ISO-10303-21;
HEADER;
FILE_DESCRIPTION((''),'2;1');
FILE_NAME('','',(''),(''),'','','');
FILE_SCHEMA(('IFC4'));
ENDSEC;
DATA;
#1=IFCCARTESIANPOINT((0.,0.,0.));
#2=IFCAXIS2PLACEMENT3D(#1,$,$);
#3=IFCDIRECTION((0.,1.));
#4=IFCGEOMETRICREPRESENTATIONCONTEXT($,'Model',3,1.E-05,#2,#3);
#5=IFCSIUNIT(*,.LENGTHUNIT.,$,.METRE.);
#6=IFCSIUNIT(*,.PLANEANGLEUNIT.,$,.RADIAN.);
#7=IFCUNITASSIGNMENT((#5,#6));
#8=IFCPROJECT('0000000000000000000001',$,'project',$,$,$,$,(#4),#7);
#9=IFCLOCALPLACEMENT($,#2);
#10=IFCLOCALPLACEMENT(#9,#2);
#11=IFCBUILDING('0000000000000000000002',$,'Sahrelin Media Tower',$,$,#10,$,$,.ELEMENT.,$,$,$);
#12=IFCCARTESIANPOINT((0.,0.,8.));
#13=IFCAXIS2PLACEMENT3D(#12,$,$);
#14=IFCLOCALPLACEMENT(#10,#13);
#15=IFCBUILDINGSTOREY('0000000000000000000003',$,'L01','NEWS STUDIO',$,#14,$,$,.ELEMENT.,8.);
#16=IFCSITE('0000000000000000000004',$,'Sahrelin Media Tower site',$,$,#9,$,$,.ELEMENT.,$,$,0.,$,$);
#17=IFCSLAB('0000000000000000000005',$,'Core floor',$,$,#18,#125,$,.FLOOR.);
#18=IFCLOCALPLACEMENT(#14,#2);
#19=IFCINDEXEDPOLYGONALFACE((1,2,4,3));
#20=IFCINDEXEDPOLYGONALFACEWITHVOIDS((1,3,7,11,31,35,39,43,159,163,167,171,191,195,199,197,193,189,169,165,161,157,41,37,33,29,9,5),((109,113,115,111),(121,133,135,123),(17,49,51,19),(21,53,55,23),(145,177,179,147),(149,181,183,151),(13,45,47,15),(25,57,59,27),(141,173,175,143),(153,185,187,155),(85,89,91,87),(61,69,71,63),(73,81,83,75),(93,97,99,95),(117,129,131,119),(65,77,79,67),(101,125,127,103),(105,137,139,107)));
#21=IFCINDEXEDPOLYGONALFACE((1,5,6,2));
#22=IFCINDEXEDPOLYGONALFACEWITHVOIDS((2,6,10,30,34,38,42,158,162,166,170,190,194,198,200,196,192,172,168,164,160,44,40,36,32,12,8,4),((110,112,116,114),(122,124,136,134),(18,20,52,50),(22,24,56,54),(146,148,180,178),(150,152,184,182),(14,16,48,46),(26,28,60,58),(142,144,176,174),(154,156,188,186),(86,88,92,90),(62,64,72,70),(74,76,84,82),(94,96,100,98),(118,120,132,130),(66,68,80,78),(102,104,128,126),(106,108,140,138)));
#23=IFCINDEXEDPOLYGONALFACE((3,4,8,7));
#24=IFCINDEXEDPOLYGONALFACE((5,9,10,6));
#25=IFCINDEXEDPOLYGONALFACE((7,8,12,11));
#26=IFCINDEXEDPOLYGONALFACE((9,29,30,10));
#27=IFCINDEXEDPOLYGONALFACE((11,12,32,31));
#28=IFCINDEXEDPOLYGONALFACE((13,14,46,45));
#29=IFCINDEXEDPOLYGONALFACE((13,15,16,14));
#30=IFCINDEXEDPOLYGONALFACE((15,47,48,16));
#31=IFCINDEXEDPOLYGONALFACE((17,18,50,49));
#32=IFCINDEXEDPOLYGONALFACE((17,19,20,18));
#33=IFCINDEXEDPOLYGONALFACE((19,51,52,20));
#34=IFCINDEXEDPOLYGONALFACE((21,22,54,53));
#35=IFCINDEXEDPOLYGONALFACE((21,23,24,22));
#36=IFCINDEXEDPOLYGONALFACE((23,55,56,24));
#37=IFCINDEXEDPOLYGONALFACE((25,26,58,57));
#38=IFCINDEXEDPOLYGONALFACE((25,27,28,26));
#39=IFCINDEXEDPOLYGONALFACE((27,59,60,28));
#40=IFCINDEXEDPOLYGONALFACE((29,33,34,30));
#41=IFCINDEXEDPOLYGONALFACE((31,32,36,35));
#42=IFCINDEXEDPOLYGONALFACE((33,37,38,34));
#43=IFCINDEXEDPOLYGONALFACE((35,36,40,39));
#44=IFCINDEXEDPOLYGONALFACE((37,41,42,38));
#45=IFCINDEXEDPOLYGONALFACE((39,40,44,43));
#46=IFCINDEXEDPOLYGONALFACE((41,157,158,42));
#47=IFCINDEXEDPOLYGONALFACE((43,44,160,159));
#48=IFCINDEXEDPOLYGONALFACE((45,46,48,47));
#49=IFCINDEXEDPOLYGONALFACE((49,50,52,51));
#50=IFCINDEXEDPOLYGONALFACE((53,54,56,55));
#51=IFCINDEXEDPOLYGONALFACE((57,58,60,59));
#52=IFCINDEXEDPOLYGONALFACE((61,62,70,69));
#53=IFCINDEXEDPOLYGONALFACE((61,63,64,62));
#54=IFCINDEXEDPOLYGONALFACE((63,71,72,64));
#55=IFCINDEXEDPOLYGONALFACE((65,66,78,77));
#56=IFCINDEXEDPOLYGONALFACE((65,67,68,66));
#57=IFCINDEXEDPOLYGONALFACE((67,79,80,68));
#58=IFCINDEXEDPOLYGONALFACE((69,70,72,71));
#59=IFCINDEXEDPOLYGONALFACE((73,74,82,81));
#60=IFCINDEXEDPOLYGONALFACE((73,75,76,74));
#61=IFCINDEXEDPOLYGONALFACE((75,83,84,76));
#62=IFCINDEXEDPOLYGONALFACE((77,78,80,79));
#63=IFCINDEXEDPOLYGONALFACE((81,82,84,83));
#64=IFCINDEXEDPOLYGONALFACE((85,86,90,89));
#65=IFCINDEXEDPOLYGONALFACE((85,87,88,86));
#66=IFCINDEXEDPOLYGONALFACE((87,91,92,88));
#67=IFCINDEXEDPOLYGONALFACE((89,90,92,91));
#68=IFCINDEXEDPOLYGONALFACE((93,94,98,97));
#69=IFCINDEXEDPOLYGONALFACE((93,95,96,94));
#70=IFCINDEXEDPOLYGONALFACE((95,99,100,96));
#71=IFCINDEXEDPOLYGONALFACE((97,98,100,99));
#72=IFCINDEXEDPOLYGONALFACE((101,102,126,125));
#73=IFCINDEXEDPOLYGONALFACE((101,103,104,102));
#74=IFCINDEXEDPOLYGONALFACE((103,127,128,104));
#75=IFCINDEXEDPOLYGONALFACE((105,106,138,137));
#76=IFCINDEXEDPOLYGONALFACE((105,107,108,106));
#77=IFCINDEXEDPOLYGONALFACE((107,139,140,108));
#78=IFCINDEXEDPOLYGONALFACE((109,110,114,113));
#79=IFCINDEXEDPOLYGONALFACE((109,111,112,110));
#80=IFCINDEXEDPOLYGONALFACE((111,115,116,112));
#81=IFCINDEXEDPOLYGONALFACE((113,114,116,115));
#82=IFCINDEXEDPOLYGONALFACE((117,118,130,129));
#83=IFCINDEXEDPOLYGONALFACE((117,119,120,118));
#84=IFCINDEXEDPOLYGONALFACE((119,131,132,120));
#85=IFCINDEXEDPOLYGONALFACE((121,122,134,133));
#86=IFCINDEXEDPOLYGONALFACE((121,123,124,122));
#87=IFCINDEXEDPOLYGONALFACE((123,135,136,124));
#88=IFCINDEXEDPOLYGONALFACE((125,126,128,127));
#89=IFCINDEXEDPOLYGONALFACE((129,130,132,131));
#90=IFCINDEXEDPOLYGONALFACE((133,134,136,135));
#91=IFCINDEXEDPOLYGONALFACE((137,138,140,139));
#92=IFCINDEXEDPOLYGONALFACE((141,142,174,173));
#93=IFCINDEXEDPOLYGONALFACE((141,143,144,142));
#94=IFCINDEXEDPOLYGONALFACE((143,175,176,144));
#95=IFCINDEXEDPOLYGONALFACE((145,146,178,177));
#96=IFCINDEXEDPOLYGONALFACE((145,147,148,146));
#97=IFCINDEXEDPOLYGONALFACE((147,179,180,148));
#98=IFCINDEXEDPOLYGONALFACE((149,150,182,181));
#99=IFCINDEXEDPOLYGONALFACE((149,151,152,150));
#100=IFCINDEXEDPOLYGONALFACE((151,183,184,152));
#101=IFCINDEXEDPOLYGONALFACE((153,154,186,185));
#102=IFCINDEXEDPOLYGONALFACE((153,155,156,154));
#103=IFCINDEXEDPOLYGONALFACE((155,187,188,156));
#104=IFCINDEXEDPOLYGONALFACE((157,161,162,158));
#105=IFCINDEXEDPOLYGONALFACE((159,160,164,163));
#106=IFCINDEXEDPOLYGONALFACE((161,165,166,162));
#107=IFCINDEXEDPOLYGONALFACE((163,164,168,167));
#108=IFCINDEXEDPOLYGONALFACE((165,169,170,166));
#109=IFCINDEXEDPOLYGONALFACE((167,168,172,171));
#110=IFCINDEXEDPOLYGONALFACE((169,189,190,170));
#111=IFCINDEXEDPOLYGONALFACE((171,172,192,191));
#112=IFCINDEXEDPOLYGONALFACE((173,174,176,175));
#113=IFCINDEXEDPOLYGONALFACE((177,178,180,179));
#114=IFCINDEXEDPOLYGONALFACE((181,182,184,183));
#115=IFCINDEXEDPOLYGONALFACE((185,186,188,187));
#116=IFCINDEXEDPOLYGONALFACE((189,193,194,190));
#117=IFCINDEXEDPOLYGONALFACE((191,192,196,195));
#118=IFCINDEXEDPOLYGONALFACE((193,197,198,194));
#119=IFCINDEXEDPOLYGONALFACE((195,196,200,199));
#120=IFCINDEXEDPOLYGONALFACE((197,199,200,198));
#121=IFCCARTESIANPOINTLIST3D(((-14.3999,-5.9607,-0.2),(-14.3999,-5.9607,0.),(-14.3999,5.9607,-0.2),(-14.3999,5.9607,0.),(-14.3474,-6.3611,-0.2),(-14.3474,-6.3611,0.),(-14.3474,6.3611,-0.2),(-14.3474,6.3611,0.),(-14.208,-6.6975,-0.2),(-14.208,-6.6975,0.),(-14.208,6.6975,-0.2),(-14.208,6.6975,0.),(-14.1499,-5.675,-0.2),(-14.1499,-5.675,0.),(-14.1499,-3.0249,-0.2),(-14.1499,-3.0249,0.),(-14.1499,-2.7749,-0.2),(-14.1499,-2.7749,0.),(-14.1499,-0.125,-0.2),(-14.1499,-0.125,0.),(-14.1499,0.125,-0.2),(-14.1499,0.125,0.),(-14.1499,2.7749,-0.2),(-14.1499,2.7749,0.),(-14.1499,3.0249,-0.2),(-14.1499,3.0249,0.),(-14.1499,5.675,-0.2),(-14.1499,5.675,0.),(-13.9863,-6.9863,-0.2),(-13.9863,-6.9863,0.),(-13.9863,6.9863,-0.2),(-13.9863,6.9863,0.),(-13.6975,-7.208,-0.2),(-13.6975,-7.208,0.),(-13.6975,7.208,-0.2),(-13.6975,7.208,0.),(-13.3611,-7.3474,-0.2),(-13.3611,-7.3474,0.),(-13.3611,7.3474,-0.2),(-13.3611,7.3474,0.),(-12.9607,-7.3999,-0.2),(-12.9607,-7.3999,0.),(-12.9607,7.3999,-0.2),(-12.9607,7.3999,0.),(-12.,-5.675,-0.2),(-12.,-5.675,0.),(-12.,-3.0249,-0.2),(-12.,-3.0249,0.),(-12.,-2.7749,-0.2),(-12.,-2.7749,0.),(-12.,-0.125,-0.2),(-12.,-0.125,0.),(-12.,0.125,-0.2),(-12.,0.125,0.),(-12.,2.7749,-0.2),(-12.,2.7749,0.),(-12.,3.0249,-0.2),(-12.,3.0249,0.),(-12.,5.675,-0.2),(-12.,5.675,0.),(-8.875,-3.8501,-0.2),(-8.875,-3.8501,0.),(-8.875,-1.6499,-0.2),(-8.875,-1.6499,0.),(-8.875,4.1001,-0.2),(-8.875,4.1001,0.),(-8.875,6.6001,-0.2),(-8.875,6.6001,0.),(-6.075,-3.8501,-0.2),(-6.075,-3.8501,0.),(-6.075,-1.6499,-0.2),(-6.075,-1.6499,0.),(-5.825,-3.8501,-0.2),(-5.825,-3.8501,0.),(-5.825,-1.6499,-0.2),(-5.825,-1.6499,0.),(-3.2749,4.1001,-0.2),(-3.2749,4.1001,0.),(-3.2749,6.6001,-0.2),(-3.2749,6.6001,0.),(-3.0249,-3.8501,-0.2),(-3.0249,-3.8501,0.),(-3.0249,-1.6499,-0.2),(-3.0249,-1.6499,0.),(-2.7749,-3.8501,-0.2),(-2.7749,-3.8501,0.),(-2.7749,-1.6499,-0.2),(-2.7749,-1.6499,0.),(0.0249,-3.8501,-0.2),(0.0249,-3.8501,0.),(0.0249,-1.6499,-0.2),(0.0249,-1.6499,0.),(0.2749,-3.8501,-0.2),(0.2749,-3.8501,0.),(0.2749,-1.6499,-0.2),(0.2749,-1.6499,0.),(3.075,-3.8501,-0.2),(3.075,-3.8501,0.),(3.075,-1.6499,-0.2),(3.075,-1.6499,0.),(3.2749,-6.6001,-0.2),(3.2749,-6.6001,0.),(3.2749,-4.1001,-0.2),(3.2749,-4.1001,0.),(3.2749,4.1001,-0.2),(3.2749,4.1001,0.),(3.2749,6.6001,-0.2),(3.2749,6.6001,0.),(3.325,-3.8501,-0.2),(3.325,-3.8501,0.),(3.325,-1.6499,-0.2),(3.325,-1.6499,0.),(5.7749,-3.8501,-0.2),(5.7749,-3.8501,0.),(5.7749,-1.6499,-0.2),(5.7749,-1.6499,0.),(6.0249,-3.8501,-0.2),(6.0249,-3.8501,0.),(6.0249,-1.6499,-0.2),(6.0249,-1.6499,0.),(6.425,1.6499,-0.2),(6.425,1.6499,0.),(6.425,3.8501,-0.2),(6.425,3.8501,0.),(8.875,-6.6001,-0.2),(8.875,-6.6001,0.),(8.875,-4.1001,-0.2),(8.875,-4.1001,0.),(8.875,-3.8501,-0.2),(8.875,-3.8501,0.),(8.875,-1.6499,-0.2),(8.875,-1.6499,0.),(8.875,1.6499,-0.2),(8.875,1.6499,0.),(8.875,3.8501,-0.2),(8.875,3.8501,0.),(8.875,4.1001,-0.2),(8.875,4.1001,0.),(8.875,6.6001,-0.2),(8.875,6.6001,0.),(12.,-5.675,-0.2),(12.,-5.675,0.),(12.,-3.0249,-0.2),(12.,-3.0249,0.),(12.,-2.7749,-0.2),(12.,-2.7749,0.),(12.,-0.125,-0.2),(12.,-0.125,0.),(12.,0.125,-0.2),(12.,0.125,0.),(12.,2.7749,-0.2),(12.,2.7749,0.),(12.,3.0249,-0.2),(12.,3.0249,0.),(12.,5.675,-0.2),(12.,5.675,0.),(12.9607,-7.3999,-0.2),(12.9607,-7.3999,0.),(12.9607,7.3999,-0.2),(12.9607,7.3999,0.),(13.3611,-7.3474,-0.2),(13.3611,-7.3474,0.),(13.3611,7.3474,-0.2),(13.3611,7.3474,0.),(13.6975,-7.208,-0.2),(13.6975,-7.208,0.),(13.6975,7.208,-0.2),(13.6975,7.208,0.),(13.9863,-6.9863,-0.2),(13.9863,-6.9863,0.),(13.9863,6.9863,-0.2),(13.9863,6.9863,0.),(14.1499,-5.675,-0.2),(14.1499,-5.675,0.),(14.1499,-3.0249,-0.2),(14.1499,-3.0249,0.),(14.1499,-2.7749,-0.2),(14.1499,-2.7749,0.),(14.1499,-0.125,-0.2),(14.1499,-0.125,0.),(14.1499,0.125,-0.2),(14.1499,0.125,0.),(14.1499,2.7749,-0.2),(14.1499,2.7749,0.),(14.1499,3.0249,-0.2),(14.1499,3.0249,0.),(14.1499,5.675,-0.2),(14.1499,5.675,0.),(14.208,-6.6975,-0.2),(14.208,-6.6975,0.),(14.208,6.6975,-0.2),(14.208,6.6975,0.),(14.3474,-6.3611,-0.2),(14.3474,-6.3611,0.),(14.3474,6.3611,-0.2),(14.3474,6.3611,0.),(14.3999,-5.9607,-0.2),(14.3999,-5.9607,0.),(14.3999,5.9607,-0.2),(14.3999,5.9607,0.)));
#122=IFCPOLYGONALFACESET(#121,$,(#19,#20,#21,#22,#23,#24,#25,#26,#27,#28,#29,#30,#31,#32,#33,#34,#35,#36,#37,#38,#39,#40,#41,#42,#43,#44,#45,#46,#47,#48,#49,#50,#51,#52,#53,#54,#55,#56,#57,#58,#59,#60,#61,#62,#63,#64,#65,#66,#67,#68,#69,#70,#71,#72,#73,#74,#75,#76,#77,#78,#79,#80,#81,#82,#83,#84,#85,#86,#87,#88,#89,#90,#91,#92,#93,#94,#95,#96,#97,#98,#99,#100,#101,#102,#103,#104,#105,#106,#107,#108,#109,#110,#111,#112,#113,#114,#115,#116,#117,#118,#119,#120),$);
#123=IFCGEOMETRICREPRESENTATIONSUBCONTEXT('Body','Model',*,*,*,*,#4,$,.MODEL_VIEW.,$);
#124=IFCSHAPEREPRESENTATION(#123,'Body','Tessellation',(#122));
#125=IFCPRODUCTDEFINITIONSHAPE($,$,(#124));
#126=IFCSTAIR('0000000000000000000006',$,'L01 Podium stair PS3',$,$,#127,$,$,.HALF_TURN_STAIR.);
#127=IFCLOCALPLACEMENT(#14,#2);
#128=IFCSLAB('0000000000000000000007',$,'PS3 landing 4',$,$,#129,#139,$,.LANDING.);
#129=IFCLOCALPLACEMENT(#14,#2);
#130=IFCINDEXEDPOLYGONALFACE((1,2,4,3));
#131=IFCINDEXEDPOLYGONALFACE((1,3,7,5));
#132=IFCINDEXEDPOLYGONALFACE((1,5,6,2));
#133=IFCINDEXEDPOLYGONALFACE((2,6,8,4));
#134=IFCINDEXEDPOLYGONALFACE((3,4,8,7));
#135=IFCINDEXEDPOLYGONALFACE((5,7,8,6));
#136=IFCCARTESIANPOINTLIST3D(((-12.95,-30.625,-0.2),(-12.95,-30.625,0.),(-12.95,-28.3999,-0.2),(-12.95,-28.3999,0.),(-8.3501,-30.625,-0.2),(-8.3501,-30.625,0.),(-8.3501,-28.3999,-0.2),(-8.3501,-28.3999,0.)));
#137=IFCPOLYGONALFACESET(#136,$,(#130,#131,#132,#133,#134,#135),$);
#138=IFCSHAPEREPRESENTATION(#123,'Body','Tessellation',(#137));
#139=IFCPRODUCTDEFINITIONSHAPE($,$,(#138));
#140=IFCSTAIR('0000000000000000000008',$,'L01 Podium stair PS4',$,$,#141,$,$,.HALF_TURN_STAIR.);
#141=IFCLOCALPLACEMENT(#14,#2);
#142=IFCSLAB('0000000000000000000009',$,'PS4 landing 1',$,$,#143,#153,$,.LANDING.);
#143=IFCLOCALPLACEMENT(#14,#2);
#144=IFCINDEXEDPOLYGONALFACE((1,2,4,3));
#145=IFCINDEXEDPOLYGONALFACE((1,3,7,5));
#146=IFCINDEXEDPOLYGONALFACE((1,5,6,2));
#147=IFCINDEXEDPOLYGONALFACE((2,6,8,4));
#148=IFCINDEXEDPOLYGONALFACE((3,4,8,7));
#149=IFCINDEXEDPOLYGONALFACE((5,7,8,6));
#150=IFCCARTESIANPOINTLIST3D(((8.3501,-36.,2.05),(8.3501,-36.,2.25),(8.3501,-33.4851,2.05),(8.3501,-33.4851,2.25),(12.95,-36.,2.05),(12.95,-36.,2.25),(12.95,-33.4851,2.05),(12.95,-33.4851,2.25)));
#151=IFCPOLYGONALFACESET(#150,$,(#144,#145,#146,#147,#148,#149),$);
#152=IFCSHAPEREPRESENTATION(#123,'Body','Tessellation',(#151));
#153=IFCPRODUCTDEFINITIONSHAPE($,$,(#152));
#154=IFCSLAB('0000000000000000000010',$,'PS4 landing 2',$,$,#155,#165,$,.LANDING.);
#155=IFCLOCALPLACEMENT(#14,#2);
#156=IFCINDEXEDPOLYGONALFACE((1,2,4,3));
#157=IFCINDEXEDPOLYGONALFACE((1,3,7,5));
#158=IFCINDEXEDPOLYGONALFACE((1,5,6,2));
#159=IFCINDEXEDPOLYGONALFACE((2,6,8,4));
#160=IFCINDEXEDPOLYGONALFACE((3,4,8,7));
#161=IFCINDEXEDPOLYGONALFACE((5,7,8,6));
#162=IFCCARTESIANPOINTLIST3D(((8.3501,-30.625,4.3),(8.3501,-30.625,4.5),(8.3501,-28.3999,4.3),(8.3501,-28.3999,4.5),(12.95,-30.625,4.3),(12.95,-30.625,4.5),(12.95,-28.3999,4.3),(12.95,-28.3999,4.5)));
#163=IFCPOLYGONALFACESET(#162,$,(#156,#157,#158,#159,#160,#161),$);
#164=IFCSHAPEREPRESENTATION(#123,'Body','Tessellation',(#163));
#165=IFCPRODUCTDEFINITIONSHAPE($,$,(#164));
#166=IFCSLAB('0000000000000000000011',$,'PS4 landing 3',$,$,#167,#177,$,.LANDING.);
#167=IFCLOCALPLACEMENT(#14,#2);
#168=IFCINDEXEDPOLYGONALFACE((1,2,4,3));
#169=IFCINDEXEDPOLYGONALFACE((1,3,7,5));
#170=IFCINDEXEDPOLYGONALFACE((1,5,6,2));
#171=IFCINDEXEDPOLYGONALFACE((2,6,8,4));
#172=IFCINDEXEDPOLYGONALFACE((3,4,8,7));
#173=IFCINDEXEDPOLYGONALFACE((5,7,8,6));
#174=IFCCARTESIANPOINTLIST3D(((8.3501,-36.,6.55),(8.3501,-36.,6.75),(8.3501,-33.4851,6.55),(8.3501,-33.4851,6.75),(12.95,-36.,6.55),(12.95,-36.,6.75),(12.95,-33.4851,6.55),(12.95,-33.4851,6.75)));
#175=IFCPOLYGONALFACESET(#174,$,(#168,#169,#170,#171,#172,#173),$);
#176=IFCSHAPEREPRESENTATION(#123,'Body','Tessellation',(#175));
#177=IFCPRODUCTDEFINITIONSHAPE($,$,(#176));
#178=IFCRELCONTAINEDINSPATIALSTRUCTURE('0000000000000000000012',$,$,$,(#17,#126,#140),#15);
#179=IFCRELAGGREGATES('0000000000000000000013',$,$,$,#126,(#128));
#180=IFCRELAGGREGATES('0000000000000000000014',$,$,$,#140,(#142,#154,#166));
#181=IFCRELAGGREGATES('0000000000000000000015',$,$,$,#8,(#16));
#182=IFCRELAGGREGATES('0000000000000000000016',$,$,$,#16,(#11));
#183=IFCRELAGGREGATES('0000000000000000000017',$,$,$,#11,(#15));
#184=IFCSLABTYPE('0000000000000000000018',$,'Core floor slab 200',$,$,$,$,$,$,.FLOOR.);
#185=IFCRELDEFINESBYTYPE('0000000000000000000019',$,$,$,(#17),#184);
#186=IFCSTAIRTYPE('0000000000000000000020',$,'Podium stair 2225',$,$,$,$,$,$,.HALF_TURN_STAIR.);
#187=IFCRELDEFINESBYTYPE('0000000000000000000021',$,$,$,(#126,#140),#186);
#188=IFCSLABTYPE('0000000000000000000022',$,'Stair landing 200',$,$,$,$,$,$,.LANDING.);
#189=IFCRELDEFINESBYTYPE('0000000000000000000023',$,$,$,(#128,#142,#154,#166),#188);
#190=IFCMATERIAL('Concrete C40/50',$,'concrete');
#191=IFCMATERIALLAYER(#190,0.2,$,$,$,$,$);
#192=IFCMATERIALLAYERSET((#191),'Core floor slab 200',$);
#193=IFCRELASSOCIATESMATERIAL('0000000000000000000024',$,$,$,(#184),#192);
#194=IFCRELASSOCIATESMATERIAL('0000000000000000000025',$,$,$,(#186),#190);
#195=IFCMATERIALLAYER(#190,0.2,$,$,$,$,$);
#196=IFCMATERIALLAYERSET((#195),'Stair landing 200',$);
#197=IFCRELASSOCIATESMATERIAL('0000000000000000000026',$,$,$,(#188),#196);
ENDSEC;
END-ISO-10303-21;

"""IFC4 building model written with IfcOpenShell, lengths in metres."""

from ifc_helpers import new_model, si_unit, direction, frame, origin, place, context, subcontext, project, spatial, polyline, outline, extrude, material, layer, layer_set, type_object, element, aggregate, save


model = new_model("IFC4")

# Units and contexts
model_context = context("Model", 3, precision=1e-05, world=origin(), true_north=direction((0.0, 1.0)))
body_context = subcontext(model_context, "Body", "Model", "MODEL_VIEW")
ifc_project = project(units=[si_unit("LENGTHUNIT", "METRE"), si_unit("PLANEANGLEUNIT", "RADIAN")], contexts=[model_context])

# Site, building, storey
site_placement = place(None, origin())
site = spatial("IfcSite", under=ifc_project, at=site_placement, Name="Sahrelin Media Tower site", CompositionType="ELEMENT", RefElevation=0.0)
building_placement = place(site_placement, origin())
building = spatial("IfcBuilding", under=site, at=building_placement, Name="Sahrelin Media Tower", CompositionType="ELEMENT")
storey_placement = place(building_placement, frame((0.0, 0.0, 8.0)))
storey = spatial("IfcBuildingStorey", under=building, at=storey_placement, Name="L01", Description="NEWS STUDIO", CompositionType="ELEMENT", Elevation=8.0)

# Slab
ifc_material_1 = material(Name="Concrete C40/50", Category="concrete")
ifc_layer_1 = layer(ifc_material_1, 0.2)
ifc_layer_set_1 = layer_set([ifc_layer_1], Name="Core floor slab 200")
slab_type_1 = type_object("IfcSlabType", Name="Core floor slab 200", PredefinedType="FLOOR", material=ifc_layer_set_1)
placement_1 = place(storey_placement, frame((0.0, 0.0, -0.2)))
element("IfcSlab", 1, at=placement_1, inside=storey, type_object=slab_type_1, Name="Core floor", PredefinedType="FLOOR", context=body_context, shape_type="SweptSolid", body=[
    extrude(outline(polyline([(-13.9863, 6.9863), (-14.208, 6.6975), (-14.3474, 6.3611), (-14.3999, 5.9607), (-14.3999, -5.9607), (-14.3474, -6.3611), (-14.208, -6.6975), (-13.9863, -6.9863), (-13.6975, -7.208), (-13.3611, -7.3474), (-12.9607, -7.3999), (12.9607, -7.3999), (13.3611, -7.3474), (13.6975, -7.208), (13.9863, -6.9863), (14.208, -6.6975), (14.3474, -6.3611), (14.3999, -5.9607), (14.3999, 5.9607), (14.3474, 6.3611), (14.208, 6.6975), (13.9863, 6.9863), (13.6975, 7.208), (13.3611, 7.3474), (12.9607, 7.3999), (-12.9607, 7.3999), (-13.3611, 7.3474), (-13.6975, 7.208), (-13.9863, 6.9863)]), holes=[polyline([(-14.1499, 5.675), (-14.1499, 3.0249), (-12.0, 3.0249), (-12.0, 5.675), (-14.1499, 5.675)]), polyline([(-12.0, 2.7749), (-14.1499, 2.7749), (-14.1499, 0.125), (-12.0, 0.125), (-12.0, 2.7749)]), polyline([(-12.0, -2.7749), (-12.0, -0.125), (-14.1499, -0.125), (-14.1499, -2.7749), (-12.0, -2.7749)]), polyline([(-14.1499, -5.675), (-12.0, -5.675), (-12.0, -3.0249), (-14.1499, -3.0249), (-14.1499, -5.675)]), polyline([(12.0, 5.675), (12.0, 3.0249), (14.1499, 3.0249), (14.1499, 5.675), (12.0, 5.675)]), polyline([(14.1499, 2.7749), (12.0, 2.7749), (12.0, 0.125), (14.1499, 0.125), (14.1499, 2.7749)]), polyline([(14.1499, -2.7749), (14.1499, -0.125), (12.0, -0.125), (12.0, -2.7749), (14.1499, -2.7749)]), polyline([(12.0, -5.675), (14.1499, -5.675), (14.1499, -3.0249), (12.0, -3.0249), (12.0, -5.675)]), polyline([(6.425, 3.8501), (6.425, 1.6499), (8.875, 1.6499), (8.875, 3.8501), (6.425, 3.8501)]), polyline([(-6.075, -1.6499), (-8.875, -1.6499), (-8.875, -3.8501), (-6.075, -3.8501), (-6.075, -1.6499)]), polyline([(-3.0249, -3.8501), (-3.0249, -1.6499), (-5.825, -1.6499), (-5.825, -3.8501), (-3.0249, -3.8501)]), polyline([(-2.7749, -3.8501), (0.0249, -3.8501), (0.0249, -1.6499), (-2.7749, -1.6499), (-2.7749, -3.8501)]), polyline([(0.2749, -1.6499), (0.2749, -3.8501), (3.075, -3.8501), (3.075, -1.6499), (0.2749, -1.6499)]), polyline([(5.7749, -1.6499), (3.325, -1.6499), (3.325, -3.8501), (5.7749, -3.8501), (5.7749, -1.6499)]), polyline([(8.875, -3.8501), (8.875, -1.6499), (6.0249, -1.6499), (6.0249, -3.8501), (8.875, -3.8501)]), polyline([(-8.875, 6.6001), (-8.875, 4.1001), (-3.2749, 4.1001), (-3.2749, 6.6001), (-8.875, 6.6001)]), polyline([(3.2749, 4.1001), (8.875, 4.1001), (8.875, 6.6001), (3.2749, 6.6001), (3.2749, 4.1001)]), polyline([(3.2749, -4.1001), (3.2749, -6.6001), (8.875, -6.6001), (8.875, -4.1001), (3.2749, -4.1001)])]), origin(), (0.0, 0.0, 1.0), 0.2),
])

# Stair, slab
stair_type = type_object("IfcStairType", Name="Podium stair 2225", PredefinedType="HALF_TURN_STAIR", material=ifc_material_1)
placement_2 = place(storey_placement, origin())
stair_1 = element("IfcStair", 2, at=placement_2, inside=storey, type_object=stair_type, Name="L01 Podium stair PS3", PredefinedType="HALF_TURN_STAIR")
ifc_layer_2 = layer(ifc_material_1, 0.2)
ifc_layer_set_2 = layer_set([ifc_layer_2], Name="Stair landing 200")
slab_type_2 = type_object("IfcSlabType", Name="Stair landing 200", PredefinedType="LANDING", material=ifc_layer_set_2)
slab_1 = element("IfcSlab", 3, at=placement_1, type_object=slab_type_2, Name="PS3 landing 4", PredefinedType="LANDING", context=body_context, shape_type="SweptSolid", body=[
    extrude(outline(polyline([(-12.95, -28.3999), (-12.95, -30.625), (-8.3501, -30.625), (-8.3501, -28.3999), (-12.95, -28.3999)])), origin(), (0.0, 0.0, 1.0), 0.2),
])
aggregate(stair_1, [slab_1])

# Stair, slabs
stair_2 = element("IfcStair", 4, at=placement_2, inside=storey, type_object=stair_type, Name="L01 Podium stair PS4", PredefinedType="HALF_TURN_STAIR")
slab_2_placement = place(storey_placement, frame((0.0, 0.0, 2.05)))
slab_2 = element("IfcSlab", 5, at=slab_2_placement, type_object=slab_type_2, Name="PS4 landing 1", PredefinedType="LANDING", context=body_context, shape_type="SweptSolid", body=[
    extrude(outline(polyline([(8.3501, -33.4851), (8.3501, -36.0), (12.95, -36.0), (12.95, -33.4851), (8.3501, -33.4851)])), origin(), (0.0, 0.0, 1.0), 0.2),
])
slab_3_placement = place(storey_placement, frame((0.0, 0.0, 4.3)))
slab_3 = element("IfcSlab", 6, at=slab_3_placement, type_object=slab_type_2, Name="PS4 landing 2", PredefinedType="LANDING", context=body_context, shape_type="SweptSolid", body=[
    extrude(outline(polyline([(8.3501, -28.3999), (8.3501, -30.625), (12.95, -30.625), (12.95, -28.3999), (8.3501, -28.3999)])), origin(), (0.0, 0.0, 1.0), 0.2),
])
slab_4_placement = place(storey_placement, frame((0.0, 0.0, 6.55)))
slab_4 = element("IfcSlab", 7, at=slab_4_placement, type_object=slab_type_2, Name="PS4 landing 3", PredefinedType="LANDING", context=body_context, shape_type="SweptSolid", body=[
    extrude(outline(polyline([(8.3501, -33.4851), (8.3501, -36.0), (12.95, -36.0), (12.95, -33.4851), (8.3501, -33.4851)])), origin(), (0.0, 0.0, 1.0), 0.2),
])
aggregate(stair_2, [slab_2, slab_3, slab_4])

save(model, "model.ifc")
